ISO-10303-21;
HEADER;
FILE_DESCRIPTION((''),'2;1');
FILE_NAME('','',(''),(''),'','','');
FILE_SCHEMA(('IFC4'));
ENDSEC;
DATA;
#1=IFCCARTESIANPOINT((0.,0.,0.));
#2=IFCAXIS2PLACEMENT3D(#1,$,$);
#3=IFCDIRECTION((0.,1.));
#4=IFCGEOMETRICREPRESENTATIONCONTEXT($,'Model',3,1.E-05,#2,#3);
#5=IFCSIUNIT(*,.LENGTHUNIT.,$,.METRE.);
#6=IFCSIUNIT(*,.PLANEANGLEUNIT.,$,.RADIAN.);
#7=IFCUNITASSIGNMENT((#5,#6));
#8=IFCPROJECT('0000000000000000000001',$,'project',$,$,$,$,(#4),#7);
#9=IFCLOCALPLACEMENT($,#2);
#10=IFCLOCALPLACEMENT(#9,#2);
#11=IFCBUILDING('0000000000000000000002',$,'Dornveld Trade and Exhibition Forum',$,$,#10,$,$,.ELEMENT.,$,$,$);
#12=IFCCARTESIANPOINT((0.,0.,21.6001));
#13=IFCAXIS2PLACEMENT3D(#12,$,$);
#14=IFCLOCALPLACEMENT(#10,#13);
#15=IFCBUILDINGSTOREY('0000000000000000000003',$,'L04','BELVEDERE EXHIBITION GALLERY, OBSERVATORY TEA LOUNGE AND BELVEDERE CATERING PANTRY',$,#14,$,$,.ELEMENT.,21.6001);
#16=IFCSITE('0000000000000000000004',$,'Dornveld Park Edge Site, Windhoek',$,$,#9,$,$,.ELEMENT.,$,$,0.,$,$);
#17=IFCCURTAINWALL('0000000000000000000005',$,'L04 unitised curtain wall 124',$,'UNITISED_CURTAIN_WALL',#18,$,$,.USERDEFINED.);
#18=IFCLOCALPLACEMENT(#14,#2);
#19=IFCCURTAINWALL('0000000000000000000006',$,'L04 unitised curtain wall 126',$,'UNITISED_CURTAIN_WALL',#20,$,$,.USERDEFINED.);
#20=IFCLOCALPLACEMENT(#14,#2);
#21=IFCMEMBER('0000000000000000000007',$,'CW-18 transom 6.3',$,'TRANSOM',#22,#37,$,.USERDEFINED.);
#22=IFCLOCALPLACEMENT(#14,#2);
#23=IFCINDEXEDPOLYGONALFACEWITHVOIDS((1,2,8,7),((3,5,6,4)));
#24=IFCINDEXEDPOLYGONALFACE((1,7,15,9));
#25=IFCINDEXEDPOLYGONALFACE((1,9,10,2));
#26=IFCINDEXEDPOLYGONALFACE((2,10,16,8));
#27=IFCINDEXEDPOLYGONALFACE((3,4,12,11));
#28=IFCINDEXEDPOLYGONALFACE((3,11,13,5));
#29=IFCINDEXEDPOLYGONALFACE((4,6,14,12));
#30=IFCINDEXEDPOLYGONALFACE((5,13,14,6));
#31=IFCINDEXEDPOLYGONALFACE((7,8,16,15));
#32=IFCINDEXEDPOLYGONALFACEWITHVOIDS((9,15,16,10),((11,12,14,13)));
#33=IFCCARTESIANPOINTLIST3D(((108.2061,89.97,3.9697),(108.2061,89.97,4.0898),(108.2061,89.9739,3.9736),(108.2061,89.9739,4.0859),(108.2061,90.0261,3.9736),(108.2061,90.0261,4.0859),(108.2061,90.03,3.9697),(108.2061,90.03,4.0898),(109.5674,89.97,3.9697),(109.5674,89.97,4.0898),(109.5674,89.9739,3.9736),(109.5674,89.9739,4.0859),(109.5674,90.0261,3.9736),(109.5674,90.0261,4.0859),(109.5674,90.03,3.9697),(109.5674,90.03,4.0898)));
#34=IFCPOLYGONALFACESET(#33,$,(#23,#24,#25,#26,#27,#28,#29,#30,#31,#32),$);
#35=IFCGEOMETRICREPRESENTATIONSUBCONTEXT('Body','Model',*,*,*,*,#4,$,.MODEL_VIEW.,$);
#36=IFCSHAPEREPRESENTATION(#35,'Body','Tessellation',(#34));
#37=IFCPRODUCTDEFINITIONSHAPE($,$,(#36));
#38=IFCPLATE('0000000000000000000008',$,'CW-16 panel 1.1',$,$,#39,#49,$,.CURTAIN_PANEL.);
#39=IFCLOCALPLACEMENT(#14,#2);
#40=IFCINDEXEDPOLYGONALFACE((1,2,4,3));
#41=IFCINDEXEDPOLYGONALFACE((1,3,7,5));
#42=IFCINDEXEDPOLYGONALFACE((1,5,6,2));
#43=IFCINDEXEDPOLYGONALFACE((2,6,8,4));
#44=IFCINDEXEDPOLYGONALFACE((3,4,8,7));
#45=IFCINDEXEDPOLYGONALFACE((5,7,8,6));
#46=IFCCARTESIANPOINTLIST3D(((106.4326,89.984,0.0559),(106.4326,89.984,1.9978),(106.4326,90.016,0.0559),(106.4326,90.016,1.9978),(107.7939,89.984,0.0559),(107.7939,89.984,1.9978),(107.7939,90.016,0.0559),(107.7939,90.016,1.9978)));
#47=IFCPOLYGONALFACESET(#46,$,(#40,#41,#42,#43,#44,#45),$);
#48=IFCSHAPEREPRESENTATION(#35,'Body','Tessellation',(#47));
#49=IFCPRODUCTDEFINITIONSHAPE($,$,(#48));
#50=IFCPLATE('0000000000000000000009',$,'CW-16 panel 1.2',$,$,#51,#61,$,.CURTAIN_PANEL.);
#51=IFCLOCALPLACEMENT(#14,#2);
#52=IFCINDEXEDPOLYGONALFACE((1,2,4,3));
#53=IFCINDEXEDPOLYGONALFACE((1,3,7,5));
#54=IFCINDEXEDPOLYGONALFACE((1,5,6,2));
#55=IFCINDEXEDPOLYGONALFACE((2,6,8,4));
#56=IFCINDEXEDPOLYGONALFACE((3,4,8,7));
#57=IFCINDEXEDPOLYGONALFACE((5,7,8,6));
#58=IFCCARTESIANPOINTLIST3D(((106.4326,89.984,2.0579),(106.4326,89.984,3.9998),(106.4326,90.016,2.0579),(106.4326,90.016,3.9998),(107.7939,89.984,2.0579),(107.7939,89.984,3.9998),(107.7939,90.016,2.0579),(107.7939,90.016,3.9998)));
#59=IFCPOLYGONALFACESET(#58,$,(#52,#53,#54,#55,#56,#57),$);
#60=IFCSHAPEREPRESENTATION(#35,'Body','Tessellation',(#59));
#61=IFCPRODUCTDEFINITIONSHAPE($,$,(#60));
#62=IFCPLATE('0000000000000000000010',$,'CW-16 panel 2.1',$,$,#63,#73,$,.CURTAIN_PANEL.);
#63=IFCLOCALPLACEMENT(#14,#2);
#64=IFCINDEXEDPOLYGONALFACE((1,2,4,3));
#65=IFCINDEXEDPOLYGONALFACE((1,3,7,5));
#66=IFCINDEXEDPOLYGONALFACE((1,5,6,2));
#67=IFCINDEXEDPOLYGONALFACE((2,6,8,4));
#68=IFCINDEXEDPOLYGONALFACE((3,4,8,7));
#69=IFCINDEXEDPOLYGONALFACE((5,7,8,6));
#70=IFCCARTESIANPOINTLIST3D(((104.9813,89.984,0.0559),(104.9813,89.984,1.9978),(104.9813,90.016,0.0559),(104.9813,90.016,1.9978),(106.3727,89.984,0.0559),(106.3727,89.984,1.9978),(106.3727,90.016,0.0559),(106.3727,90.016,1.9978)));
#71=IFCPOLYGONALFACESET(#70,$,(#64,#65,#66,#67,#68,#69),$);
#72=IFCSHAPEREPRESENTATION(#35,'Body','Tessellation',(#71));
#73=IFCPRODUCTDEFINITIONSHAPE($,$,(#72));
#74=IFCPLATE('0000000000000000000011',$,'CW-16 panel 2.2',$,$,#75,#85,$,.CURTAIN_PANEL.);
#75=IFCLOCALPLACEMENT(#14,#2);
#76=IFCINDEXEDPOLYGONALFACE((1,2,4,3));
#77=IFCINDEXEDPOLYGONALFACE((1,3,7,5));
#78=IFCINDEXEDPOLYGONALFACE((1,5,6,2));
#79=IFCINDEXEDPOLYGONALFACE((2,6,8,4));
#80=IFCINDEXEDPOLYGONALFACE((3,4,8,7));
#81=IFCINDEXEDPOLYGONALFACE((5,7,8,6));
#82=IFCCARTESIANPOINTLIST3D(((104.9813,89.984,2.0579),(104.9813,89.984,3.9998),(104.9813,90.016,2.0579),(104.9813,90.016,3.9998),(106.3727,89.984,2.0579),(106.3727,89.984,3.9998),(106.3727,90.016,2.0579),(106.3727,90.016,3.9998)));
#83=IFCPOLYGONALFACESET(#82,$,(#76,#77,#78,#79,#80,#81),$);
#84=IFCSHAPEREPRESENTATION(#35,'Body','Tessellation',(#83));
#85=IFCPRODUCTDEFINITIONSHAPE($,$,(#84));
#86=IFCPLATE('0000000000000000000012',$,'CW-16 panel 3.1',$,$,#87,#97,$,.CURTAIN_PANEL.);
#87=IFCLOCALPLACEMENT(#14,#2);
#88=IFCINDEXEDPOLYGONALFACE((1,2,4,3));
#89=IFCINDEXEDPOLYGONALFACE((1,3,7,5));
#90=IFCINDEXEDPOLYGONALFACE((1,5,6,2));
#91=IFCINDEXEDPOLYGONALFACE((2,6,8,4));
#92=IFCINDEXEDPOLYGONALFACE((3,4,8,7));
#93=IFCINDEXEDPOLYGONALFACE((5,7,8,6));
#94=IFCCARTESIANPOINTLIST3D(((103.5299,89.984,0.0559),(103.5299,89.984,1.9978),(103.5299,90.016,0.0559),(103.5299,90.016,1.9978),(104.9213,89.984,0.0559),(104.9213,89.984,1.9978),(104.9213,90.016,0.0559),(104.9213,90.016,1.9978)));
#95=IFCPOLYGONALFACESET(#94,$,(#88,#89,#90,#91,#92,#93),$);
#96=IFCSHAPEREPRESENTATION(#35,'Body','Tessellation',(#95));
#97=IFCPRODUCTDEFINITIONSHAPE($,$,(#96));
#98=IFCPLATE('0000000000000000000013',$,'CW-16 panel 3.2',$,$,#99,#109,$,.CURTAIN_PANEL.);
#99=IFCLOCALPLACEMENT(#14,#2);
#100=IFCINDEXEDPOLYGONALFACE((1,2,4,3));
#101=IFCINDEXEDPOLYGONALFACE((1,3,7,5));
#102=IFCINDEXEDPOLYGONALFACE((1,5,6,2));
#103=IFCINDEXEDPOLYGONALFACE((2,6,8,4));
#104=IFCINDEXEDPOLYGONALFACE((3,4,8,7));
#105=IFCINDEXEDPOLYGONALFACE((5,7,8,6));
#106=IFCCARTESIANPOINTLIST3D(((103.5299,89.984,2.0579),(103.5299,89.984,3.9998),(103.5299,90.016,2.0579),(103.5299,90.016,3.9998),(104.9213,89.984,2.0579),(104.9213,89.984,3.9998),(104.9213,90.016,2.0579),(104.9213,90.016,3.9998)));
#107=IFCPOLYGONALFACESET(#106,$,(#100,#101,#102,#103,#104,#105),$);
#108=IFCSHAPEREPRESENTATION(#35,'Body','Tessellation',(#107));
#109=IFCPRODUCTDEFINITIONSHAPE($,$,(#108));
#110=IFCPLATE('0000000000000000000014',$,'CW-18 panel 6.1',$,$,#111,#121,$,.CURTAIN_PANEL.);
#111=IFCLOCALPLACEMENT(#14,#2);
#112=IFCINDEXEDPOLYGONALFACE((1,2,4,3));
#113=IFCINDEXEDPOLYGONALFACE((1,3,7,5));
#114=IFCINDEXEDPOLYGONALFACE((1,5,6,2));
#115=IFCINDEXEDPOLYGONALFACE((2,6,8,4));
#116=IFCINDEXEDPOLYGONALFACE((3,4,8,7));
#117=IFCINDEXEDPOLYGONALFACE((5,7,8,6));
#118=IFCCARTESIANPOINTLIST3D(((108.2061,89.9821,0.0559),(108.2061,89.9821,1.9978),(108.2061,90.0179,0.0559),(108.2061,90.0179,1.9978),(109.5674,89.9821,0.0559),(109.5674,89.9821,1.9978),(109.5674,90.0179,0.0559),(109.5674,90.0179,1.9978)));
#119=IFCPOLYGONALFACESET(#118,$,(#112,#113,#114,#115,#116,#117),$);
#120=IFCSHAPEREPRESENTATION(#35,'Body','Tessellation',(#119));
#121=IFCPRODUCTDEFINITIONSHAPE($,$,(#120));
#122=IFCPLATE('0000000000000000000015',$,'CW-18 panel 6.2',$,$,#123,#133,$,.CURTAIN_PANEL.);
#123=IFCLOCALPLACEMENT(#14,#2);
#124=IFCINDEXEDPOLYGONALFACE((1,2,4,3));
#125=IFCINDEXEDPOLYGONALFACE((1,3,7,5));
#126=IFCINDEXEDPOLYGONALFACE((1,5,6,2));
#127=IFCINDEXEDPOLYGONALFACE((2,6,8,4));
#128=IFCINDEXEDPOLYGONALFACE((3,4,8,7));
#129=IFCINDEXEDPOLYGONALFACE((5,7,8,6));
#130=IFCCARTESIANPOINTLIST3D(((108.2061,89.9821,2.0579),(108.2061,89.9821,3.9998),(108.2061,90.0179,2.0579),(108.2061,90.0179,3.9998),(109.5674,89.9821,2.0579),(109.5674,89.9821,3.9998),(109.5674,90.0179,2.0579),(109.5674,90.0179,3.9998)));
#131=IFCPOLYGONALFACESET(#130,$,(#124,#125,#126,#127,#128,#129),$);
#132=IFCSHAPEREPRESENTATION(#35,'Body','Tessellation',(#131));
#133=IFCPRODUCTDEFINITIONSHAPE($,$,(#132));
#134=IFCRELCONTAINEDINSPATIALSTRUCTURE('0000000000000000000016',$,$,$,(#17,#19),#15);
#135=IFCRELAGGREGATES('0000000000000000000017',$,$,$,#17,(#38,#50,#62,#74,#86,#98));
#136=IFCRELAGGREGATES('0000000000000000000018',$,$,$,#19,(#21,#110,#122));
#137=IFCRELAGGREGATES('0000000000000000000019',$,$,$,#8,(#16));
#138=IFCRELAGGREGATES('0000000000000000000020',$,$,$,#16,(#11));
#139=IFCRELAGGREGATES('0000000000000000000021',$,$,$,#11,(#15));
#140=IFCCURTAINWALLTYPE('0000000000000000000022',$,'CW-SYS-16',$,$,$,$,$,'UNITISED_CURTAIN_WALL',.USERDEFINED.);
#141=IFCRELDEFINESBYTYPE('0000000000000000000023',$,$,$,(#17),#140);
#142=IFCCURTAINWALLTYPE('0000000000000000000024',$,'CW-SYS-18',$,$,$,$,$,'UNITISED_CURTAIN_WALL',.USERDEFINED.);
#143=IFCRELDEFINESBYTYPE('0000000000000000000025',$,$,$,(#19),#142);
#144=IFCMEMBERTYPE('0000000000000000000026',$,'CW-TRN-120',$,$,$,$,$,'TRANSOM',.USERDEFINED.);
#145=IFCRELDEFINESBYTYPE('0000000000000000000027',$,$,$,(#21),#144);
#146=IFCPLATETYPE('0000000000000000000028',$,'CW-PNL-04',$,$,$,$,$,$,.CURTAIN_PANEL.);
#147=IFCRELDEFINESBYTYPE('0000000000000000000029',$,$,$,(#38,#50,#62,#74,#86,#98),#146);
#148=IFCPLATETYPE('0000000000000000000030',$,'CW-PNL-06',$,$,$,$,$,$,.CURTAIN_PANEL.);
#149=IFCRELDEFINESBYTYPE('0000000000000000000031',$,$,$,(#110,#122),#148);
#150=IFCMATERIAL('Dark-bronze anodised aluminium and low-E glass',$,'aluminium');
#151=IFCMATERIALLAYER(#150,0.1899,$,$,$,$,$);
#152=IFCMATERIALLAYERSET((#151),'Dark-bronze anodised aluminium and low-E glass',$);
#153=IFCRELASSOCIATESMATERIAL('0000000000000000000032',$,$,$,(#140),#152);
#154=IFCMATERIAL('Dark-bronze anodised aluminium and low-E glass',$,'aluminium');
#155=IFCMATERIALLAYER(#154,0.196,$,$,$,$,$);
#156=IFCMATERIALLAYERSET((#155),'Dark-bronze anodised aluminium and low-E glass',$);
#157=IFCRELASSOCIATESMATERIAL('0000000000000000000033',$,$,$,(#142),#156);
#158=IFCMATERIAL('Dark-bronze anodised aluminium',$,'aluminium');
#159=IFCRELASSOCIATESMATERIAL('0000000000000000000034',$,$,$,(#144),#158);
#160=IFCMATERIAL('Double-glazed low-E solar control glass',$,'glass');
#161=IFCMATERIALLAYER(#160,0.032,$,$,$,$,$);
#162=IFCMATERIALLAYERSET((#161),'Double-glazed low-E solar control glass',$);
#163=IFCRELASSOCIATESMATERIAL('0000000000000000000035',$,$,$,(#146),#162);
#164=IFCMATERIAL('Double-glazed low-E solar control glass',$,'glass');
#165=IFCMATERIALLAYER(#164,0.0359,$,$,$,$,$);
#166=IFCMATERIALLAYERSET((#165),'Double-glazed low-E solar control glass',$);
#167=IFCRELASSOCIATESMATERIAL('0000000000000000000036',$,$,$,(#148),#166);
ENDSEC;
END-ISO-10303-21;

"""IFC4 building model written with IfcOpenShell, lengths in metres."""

from ifc_helpers import new_model, si_unit, direction, frame, origin, origin_2d, place, context, subcontext, project, spatial, rectangle, hollow_rectangle, extrude, material, layer, layer_set, material_profile, profile_set, type_object, element, aggregate, save


model = new_model("IFC4")

# Units and contexts
model_context = context("Model", 3, precision=1e-05, world=origin(), true_north=direction((0.0, 1.0)))
body_context = subcontext(model_context, "Body", "Model", "MODEL_VIEW")
ifc_project = project(units=[si_unit("LENGTHUNIT", "METRE"), si_unit("PLANEANGLEUNIT", "RADIAN")], contexts=[model_context])

# Site, building, storey
site_placement = place(None, origin())
site = spatial("IfcSite", under=ifc_project, at=site_placement, Name="Dornveld Park Edge Site, Windhoek", CompositionType="ELEMENT", RefElevation=0.0)
building_placement = place(site_placement, origin())
building = spatial("IfcBuilding", under=site, at=building_placement, Name="Dornveld Trade and Exhibition Forum", CompositionType="ELEMENT")
storey_placement = place(building_placement, frame((0.0, 0.0, 21.6001)))
storey = spatial("IfcBuildingStorey", under=building, at=storey_placement, Name="L04", Description="BELVEDERE EXHIBITION GALLERY, OBSERVATORY TEA LOUNGE AND BELVEDERE CATERING PANTRY", CompositionType="ELEMENT", Elevation=21.6001)

# Curtain wall
ifc_material_1 = material(Name="Dark-bronze anodised aluminium and low-E glass", Category="aluminium")
ifc_layer_1 = layer(ifc_material_1, 0.1899)
ifc_layer_set_1 = layer_set([ifc_layer_1], Name="Dark-bronze anodised aluminium and low-E glass")
curtain_wall_type_1 = type_object("IfcCurtainWallType", Name="CW-SYS-16", ElementType="UNITISED_CURTAIN_WALL", PredefinedType="USERDEFINED", material=ifc_layer_set_1)
curtain_wall_1_placement = place(storey_placement, origin())
curtain_wall_1 = element("IfcCurtainWall", 1, at=curtain_wall_1_placement, inside=storey, type_object=curtain_wall_type_1, Name="L04 unitised curtain wall 124", ObjectType="UNITISED_CURTAIN_WALL", PredefinedType="USERDEFINED")

# Curtain wall
ifc_material_2 = material(Name="Dark-bronze anodised aluminium and low-E glass", Category="aluminium")
ifc_layer_2 = layer(ifc_material_2, 0.196)
ifc_layer_set_2 = layer_set([ifc_layer_2], Name="Dark-bronze anodised aluminium and low-E glass")
curtain_wall_type_2 = type_object("IfcCurtainWallType", Name="CW-SYS-18", ElementType="UNITISED_CURTAIN_WALL", PredefinedType="USERDEFINED", material=ifc_layer_set_2)
curtain_wall_2_placement = place(storey_placement, origin())
curtain_wall_2 = element("IfcCurtainWall", 2, at=curtain_wall_2_placement, inside=storey, type_object=curtain_wall_type_2, Name="L04 unitised curtain wall 126", ObjectType="UNITISED_CURTAIN_WALL", PredefinedType="USERDEFINED")

# Member
ifc_material_3 = material(Name="Dark-bronze anodised aluminium", Category="aluminium")
ifc_material_profile_1 = material_profile(ifc_material_3, hollow_rectangle(XDim=0.0601, YDim=0.1201, WallThickness=0.0039, at=origin_2d()), Name="RHS 120x60x4")
ifc_profile_set_1 = profile_set([ifc_material_profile_1], Name="Dark-bronze anodised aluminium")
member_type_1 = type_object("IfcMemberType", Name="CW-TRN-120", ElementType="TRANSOM", PredefinedType="USERDEFINED", material=ifc_profile_set_1)
member_1_placement = place(storey_placement, frame((109.5674, 90.0, 4.0298), z_axis=(-1.0, 0.0, 0.0), x_axis=(0.0, -1.0, 0.0)))
member_1 = element("IfcMember", 3, at=member_1_placement, type_object=member_type_1, Name="CW-18 transom 6.3", ObjectType="TRANSOM", PredefinedType="USERDEFINED", context=body_context, shape_type="SweptSolid", body=[
    extrude(hollow_rectangle(XDim=0.0601, YDim=0.1201, WallThickness=0.0039, at=origin_2d()), origin(), (0.0, 0.0, 1.0), 1.3613),
])

# Plates
ifc_material_4 = material(Name="Double-glazed low-E solar control glass", Category="glass")
ifc_layer_3 = layer(ifc_material_4, 0.032)
ifc_layer_set_3 = layer_set([ifc_layer_3], Name="Double-glazed low-E solar control glass")
plate_type_1 = type_object("IfcPlateType", Name="CW-PNL-04", PredefinedType="CURTAIN_PANEL", material=ifc_layer_set_3)
plate_1_placement = place(storey_placement, frame((107.1133, 90.0, 0.0559), z_axis=(0.0, 0.0, 1.0), x_axis=(-1.0, 0.0, 0.0)))
plate_1 = element("IfcPlate", 4, at=plate_1_placement, type_object=plate_type_1, Name="CW-16 panel 1.1", PredefinedType="CURTAIN_PANEL", context=body_context, shape_type="SweptSolid", body=[
    extrude(rectangle(XDim=1.3613, YDim=0.032, at=origin_2d()), origin(), (0.0, 0.0, 1.0), 1.9419),
])
plate_2_placement = place(storey_placement, frame((107.1133, 90.0, 2.0579), z_axis=(0.0, 0.0, 1.0), x_axis=(-1.0, 0.0, 0.0)))
plate_2 = element("IfcPlate", 5, at=plate_2_placement, type_object=plate_type_1, Name="CW-16 panel 1.2", PredefinedType="CURTAIN_PANEL", context=body_context, shape_type="SweptSolid", body=[
    extrude(rectangle(XDim=1.3613, YDim=0.032, at=origin_2d()), origin(), (0.0, 0.0, 1.0), 1.9419),
])
plate_3_placement = place(storey_placement, frame((105.677, 90.0, 0.0559), z_axis=(0.0, 0.0, 1.0), x_axis=(-1.0, 0.0, 0.0)))
plate_3 = element("IfcPlate", 6, at=plate_3_placement, type_object=plate_type_1, Name="CW-16 panel 2.1", PredefinedType="CURTAIN_PANEL", context=body_context, shape_type="SweptSolid", body=[
    extrude(rectangle(XDim=1.3914, YDim=0.032, at=origin_2d()), origin(), (0.0, 0.0, 1.0), 1.9419),
])
plate_4_placement = place(storey_placement, frame((105.677, 90.0, 2.0579), z_axis=(0.0, 0.0, 1.0), x_axis=(-1.0, 0.0, 0.0)))
plate_4 = element("IfcPlate", 7, at=plate_4_placement, type_object=plate_type_1, Name="CW-16 panel 2.2", PredefinedType="CURTAIN_PANEL", context=body_context, shape_type="SweptSolid", body=[
    extrude(rectangle(XDim=1.3914, YDim=0.032, at=origin_2d()), origin(), (0.0, 0.0, 1.0), 1.9419),
])
plate_5_placement = place(storey_placement, frame((104.2256, 90.0, 0.0559), z_axis=(0.0, 0.0, 1.0), x_axis=(-1.0, 0.0, 0.0)))
plate_5 = element("IfcPlate", 8, at=plate_5_placement, type_object=plate_type_1, Name="CW-16 panel 3.1", PredefinedType="CURTAIN_PANEL", context=body_context, shape_type="SweptSolid", body=[
    extrude(rectangle(XDim=1.3914, YDim=0.032, at=origin_2d()), origin(), (0.0, 0.0, 1.0), 1.9419),
])
plate_6_placement = place(storey_placement, frame((104.2256, 90.0, 2.0579), z_axis=(0.0, 0.0, 1.0), x_axis=(-1.0, 0.0, 0.0)))
plate_6 = element("IfcPlate", 9, at=plate_6_placement, type_object=plate_type_1, Name="CW-16 panel 3.2", PredefinedType="CURTAIN_PANEL", context=body_context, shape_type="SweptSolid", body=[
    extrude(rectangle(XDim=1.3914, YDim=0.032, at=origin_2d()), origin(), (0.0, 0.0, 1.0), 1.9419),
])
aggregate(curtain_wall_1, [plate_1, plate_2, plate_3, plate_4, plate_5, plate_6])
ifc_material_5 = material(Name="Double-glazed low-E solar control glass", Category="glass")
ifc_layer_4 = layer(ifc_material_5, 0.0359)
ifc_layer_set_4 = layer_set([ifc_layer_4], Name="Double-glazed low-E solar control glass")
plate_type_2 = type_object("IfcPlateType", Name="CW-PNL-06", PredefinedType="CURTAIN_PANEL", material=ifc_layer_set_4)
plate_7_placement = place(storey_placement, frame((108.8867, 90.0, 0.0559), z_axis=(0.0, 0.0, 1.0), x_axis=(-1.0, 0.0, 0.0)))
plate_7 = element("IfcPlate", 10, at=plate_7_placement, type_object=plate_type_2, Name="CW-18 panel 6.1", PredefinedType="CURTAIN_PANEL", context=body_context, shape_type="SweptSolid", body=[
    extrude(rectangle(XDim=1.3613, YDim=0.0359, at=origin_2d()), origin(), (0.0, 0.0, 1.0), 1.9419),
])
plate_8_placement = place(storey_placement, frame((108.8867, 90.0, 2.0579), z_axis=(0.0, 0.0, 1.0), x_axis=(-1.0, 0.0, 0.0)))
plate_8 = element("IfcPlate", 11, at=plate_8_placement, type_object=plate_type_2, Name="CW-18 panel 6.2", PredefinedType="CURTAIN_PANEL", context=body_context, shape_type="SweptSolid", body=[
    extrude(rectangle(XDim=1.3613, YDim=0.0359, at=origin_2d()), origin(), (0.0, 0.0, 1.0), 1.9419),
])
aggregate(curtain_wall_2, [member_1, plate_7, plate_8])

save(model, "model.ifc")
